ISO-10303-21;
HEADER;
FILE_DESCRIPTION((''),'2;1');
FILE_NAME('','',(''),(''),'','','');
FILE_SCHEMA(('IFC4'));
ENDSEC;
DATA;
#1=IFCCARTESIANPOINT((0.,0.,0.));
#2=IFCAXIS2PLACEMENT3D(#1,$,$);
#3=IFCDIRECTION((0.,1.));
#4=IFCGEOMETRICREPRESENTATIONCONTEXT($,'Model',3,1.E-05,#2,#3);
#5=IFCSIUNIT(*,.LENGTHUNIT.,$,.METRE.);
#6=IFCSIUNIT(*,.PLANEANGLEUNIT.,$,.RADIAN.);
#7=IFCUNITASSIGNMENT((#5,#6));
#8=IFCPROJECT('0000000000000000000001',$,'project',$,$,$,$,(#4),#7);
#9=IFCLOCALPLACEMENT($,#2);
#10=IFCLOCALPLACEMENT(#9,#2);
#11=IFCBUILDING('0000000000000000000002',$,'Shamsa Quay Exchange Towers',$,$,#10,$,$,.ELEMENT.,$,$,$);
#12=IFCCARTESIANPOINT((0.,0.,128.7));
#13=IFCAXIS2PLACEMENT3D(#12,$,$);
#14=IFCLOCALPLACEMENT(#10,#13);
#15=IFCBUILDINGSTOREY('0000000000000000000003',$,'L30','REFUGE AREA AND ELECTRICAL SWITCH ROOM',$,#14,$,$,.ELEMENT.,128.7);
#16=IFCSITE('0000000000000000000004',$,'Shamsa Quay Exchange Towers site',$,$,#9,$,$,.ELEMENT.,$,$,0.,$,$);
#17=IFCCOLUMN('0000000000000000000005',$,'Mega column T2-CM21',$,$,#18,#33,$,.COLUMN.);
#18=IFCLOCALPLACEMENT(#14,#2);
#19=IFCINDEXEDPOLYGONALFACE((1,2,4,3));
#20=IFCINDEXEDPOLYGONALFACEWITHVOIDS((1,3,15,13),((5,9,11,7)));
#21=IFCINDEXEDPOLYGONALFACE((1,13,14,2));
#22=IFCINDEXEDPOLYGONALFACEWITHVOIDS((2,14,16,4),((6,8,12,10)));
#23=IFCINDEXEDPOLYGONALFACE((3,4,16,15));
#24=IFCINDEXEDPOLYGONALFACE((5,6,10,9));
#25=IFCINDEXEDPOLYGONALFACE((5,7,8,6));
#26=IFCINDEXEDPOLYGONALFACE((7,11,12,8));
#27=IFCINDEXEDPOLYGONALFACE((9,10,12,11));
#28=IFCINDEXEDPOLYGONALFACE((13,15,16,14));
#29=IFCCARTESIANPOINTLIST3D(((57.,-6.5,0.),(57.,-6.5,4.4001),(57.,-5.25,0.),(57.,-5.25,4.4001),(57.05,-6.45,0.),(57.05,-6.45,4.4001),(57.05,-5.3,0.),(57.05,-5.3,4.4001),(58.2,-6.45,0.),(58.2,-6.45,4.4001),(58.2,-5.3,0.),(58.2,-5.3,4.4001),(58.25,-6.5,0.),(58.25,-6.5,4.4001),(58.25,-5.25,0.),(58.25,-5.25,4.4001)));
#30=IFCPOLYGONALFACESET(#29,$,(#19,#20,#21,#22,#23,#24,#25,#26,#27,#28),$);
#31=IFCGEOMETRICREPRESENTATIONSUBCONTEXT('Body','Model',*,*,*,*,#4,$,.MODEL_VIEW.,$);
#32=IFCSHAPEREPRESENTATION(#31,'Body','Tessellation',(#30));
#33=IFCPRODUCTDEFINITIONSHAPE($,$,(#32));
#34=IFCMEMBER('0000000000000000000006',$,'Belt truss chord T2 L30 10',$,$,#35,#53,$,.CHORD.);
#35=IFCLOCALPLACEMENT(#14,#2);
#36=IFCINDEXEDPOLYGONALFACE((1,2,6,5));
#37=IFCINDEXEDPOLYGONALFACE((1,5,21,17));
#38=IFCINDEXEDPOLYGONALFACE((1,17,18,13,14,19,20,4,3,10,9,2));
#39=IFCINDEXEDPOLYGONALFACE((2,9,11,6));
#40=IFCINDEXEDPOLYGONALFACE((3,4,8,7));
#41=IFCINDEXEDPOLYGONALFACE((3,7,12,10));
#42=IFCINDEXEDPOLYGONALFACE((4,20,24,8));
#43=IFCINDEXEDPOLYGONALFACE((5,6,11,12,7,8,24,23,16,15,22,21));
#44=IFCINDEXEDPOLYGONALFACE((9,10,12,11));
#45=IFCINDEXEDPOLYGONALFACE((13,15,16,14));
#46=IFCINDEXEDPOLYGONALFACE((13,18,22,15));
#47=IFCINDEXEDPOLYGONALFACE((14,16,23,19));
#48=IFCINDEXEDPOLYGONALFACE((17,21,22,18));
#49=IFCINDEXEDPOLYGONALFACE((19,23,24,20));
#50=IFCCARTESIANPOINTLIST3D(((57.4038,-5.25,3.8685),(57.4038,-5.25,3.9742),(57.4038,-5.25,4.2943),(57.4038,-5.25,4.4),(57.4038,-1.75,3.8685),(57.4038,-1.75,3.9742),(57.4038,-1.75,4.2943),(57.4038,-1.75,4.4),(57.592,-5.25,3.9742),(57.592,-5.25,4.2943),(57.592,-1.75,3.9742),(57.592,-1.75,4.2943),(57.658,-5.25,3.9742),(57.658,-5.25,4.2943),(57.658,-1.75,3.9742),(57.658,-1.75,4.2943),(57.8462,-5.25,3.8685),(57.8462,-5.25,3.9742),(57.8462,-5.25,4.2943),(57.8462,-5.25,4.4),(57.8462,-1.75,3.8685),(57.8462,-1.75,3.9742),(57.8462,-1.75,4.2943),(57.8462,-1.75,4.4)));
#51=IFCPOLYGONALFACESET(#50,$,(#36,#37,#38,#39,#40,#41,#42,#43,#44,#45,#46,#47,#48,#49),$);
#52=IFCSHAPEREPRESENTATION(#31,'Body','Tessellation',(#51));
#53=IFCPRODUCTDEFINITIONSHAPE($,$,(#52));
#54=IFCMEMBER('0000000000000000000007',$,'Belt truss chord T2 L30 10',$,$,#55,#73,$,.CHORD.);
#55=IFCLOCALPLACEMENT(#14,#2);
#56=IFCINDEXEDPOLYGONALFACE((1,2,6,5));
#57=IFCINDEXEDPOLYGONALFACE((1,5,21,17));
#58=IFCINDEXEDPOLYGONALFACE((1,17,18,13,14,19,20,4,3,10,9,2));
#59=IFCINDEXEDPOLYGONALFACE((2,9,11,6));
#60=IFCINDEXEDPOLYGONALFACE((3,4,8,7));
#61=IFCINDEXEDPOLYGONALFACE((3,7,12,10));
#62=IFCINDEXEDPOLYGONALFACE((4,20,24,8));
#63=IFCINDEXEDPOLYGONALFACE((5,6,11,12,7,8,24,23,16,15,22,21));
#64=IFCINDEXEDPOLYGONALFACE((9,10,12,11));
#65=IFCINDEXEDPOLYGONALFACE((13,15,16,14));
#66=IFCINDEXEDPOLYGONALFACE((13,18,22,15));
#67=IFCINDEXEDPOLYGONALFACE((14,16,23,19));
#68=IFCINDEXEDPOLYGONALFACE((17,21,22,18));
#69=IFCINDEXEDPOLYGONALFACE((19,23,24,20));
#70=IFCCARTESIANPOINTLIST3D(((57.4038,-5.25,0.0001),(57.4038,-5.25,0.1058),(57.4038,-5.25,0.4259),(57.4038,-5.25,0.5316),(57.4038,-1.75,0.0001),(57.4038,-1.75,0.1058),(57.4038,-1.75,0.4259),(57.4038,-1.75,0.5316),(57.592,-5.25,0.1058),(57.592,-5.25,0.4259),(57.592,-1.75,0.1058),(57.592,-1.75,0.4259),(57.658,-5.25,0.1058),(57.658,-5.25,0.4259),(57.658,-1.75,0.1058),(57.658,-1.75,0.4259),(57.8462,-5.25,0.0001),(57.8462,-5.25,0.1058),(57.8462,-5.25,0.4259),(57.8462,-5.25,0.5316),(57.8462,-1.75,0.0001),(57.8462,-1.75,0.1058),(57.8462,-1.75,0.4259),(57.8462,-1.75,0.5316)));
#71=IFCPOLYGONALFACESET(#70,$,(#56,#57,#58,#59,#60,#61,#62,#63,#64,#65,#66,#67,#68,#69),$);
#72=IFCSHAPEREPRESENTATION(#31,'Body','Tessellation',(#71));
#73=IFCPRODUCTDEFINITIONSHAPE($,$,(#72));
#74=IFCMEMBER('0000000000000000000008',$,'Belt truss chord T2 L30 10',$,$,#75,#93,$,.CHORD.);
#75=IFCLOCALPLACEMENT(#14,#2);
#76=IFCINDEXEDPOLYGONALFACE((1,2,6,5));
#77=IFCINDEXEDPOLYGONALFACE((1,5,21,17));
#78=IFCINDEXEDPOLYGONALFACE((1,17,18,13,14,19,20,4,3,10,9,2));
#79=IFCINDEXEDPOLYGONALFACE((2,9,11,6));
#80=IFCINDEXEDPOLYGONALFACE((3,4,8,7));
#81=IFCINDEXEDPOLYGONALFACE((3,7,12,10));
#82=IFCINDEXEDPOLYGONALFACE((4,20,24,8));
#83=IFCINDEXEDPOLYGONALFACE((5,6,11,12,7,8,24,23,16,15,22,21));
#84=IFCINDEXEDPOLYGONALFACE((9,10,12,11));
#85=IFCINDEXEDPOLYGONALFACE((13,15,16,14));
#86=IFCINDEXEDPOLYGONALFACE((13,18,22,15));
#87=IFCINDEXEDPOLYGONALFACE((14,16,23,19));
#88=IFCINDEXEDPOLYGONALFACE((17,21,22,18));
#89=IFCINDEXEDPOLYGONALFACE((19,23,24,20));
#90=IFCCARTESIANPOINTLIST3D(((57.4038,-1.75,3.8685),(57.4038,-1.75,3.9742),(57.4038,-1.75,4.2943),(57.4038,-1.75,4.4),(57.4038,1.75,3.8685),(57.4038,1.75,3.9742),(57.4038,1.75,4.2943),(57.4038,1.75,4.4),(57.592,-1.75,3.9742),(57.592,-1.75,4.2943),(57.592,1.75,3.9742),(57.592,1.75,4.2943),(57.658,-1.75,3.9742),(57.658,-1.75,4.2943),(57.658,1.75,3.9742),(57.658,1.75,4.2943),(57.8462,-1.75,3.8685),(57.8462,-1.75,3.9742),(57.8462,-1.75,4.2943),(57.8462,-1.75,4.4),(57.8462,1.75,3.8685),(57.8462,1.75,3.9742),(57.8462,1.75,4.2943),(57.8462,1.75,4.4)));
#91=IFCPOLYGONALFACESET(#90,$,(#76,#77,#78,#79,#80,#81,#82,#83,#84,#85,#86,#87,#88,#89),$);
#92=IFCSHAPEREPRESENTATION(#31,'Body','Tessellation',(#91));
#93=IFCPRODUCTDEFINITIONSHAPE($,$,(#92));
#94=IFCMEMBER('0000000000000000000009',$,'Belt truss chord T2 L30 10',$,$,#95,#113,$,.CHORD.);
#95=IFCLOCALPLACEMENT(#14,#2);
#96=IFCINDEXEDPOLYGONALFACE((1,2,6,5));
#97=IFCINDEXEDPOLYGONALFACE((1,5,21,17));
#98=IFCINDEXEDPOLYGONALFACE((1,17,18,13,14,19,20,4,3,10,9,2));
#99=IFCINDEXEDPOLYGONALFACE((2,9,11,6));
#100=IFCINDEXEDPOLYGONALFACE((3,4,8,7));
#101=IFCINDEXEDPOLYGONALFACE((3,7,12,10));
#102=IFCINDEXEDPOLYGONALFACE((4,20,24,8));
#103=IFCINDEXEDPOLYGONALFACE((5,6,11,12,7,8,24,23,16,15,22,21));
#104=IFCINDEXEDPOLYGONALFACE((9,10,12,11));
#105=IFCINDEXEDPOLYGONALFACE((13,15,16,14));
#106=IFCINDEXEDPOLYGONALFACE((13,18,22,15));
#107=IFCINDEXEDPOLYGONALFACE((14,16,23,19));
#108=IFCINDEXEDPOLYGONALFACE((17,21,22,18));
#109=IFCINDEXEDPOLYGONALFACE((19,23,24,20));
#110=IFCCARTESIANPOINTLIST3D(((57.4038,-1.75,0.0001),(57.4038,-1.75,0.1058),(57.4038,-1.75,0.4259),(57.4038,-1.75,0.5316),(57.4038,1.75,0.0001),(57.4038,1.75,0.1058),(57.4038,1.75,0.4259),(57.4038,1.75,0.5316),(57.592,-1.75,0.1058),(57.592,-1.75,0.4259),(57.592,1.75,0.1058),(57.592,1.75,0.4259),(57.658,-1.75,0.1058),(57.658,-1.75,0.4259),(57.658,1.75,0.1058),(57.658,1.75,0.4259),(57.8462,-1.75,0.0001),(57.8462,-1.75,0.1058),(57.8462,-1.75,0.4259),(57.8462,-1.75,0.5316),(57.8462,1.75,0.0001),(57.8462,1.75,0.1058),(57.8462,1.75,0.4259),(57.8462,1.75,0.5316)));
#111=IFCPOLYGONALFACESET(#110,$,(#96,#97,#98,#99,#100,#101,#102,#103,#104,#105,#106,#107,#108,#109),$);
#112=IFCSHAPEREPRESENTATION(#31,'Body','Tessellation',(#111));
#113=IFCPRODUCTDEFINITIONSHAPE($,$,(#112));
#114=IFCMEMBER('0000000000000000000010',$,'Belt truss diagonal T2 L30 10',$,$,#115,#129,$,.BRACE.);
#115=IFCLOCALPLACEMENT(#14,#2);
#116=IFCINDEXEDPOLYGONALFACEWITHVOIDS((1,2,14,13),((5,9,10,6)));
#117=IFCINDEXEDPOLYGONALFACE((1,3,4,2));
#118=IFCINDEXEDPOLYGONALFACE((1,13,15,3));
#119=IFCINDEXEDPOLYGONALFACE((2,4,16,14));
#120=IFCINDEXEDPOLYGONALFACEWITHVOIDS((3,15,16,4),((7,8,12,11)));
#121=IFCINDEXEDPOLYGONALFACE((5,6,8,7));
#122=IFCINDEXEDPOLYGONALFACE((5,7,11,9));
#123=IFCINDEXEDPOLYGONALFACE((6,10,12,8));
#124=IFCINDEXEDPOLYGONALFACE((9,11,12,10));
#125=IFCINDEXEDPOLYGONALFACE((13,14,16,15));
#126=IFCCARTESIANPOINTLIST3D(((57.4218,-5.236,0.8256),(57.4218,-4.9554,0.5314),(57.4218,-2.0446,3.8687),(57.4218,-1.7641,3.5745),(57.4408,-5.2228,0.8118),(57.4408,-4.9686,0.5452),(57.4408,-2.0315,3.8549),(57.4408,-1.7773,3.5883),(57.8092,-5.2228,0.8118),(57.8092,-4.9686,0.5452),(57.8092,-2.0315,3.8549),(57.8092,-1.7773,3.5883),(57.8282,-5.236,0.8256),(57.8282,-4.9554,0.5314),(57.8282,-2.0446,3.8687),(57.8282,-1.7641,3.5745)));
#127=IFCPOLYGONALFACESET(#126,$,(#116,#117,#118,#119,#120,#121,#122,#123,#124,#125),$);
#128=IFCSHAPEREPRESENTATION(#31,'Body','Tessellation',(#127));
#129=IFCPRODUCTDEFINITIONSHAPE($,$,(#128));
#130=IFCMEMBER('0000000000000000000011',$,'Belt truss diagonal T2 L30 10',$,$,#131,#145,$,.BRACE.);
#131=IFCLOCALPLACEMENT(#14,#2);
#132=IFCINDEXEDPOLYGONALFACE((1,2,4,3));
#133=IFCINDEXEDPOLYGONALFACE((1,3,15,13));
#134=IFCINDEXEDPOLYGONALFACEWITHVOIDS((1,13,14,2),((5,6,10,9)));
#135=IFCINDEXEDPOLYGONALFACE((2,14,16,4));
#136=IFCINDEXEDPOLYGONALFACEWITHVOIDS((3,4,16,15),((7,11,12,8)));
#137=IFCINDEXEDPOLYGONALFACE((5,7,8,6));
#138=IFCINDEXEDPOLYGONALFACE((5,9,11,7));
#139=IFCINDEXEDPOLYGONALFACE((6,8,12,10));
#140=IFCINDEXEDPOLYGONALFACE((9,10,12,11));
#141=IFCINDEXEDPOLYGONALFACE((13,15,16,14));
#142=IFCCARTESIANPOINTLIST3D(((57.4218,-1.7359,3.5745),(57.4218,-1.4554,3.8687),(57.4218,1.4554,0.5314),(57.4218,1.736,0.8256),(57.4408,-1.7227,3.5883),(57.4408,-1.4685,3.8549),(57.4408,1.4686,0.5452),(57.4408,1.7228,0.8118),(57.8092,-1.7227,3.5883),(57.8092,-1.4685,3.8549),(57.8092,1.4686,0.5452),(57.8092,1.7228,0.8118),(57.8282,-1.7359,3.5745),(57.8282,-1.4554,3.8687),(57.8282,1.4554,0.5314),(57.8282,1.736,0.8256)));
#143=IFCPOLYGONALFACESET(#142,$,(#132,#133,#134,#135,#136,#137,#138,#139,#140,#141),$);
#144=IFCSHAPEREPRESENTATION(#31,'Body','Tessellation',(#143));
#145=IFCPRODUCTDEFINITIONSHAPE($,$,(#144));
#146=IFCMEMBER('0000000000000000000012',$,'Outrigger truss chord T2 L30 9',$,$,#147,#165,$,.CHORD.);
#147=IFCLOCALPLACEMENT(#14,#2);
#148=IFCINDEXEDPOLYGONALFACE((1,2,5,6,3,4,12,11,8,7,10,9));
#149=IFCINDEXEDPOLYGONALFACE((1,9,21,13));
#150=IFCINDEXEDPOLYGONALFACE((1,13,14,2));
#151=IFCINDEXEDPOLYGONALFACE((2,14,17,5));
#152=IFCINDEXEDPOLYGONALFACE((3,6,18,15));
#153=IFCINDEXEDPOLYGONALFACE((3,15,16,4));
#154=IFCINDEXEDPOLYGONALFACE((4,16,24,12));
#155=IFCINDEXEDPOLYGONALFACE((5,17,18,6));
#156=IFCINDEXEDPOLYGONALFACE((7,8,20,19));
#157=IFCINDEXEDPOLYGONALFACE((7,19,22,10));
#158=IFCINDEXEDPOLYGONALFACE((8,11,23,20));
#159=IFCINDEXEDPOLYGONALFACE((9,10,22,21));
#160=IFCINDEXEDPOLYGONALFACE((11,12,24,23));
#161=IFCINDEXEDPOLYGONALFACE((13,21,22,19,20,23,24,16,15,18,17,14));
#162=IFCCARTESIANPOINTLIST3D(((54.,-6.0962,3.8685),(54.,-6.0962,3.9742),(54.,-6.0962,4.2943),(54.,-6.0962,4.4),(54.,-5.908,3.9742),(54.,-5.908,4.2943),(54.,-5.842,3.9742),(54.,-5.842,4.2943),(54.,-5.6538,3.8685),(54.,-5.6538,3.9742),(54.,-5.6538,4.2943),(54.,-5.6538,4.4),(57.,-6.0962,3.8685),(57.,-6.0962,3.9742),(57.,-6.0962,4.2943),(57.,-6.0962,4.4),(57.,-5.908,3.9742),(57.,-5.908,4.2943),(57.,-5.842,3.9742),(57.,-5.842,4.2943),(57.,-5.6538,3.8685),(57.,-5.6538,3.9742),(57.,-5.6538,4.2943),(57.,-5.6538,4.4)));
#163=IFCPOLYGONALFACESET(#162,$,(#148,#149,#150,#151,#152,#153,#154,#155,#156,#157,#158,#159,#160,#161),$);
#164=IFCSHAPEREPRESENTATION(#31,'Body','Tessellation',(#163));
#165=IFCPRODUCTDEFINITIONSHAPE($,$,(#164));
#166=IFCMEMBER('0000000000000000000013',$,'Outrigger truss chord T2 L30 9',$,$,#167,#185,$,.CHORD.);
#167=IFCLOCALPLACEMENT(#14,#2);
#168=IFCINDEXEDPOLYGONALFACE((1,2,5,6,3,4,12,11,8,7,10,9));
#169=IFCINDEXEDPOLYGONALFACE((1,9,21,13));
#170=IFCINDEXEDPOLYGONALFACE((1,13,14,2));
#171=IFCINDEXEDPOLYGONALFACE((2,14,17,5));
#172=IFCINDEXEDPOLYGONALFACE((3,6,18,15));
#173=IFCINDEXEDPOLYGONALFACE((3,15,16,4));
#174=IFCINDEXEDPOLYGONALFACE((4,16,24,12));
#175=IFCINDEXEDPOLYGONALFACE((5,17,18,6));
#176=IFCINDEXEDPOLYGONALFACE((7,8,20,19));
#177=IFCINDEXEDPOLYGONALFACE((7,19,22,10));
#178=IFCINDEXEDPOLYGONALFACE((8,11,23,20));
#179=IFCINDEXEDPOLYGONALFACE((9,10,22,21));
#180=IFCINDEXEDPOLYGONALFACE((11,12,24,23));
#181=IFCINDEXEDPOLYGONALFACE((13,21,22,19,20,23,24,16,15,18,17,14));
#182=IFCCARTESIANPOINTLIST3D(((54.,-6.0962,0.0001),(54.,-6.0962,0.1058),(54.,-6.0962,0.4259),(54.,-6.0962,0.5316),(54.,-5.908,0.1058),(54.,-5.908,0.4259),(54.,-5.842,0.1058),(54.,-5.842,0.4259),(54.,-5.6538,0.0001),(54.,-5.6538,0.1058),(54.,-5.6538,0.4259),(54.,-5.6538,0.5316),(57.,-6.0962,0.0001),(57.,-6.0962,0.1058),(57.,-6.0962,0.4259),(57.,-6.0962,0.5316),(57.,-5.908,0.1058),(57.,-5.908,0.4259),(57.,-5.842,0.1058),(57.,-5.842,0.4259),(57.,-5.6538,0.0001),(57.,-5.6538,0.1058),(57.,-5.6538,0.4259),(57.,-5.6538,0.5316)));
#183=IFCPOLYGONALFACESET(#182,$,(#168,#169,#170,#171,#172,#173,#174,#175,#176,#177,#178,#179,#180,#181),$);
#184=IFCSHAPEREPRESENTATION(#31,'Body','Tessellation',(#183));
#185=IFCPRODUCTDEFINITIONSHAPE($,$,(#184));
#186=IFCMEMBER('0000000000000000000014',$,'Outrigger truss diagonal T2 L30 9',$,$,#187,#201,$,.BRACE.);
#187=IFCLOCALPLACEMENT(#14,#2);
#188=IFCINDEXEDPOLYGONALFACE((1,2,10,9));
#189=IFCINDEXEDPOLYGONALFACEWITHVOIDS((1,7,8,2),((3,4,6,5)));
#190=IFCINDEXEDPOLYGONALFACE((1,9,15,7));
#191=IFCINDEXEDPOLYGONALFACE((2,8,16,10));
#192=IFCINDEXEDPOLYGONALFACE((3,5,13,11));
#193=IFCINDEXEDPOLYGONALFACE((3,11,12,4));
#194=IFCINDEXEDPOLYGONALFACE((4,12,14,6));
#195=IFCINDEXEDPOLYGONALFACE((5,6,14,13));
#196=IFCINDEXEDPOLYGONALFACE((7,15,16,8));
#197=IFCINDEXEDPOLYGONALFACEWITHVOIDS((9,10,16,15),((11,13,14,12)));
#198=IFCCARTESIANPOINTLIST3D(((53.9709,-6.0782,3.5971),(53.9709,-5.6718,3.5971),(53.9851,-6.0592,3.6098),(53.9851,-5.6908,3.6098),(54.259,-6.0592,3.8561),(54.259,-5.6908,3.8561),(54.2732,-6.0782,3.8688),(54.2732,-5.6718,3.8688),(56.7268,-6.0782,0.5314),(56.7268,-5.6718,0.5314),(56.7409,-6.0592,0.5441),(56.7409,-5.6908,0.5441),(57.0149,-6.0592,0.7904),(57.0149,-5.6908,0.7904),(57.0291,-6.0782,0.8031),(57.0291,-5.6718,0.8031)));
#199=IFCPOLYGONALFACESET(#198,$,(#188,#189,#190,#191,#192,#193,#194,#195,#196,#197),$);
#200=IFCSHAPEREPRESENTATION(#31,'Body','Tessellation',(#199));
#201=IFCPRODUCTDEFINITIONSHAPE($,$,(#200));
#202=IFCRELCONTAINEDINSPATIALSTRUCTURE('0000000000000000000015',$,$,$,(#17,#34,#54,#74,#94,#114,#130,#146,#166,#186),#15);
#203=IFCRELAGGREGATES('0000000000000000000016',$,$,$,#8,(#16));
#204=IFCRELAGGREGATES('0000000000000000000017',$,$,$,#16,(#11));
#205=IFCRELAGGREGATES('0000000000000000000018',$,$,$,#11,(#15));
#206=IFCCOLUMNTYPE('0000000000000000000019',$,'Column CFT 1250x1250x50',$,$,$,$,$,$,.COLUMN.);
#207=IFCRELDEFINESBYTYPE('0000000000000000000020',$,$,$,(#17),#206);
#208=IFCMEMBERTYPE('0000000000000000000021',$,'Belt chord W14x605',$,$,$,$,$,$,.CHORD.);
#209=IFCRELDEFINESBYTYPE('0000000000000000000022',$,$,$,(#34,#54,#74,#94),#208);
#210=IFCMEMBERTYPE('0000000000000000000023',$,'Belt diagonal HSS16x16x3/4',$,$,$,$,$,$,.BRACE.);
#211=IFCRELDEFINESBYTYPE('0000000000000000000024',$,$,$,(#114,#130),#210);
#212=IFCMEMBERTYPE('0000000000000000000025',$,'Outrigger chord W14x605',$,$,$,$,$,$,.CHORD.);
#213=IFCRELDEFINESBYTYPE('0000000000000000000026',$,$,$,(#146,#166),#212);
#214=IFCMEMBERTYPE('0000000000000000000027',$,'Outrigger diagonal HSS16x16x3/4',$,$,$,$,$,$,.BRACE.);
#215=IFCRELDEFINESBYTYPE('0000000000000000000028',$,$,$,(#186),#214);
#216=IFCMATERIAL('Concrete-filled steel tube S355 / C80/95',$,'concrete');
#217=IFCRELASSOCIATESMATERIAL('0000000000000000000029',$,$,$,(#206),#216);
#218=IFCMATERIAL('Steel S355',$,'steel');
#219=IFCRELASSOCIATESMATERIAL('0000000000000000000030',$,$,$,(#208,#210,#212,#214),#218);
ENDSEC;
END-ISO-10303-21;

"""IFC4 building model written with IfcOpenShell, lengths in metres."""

from ifc_helpers import new_model, si_unit, direction, frame, origin, origin_2d, place, context, subcontext, project, spatial, hollow_rectangle, i_section, extrude, material, material_profile, profile_set, type_object, element, save


model = new_model("IFC4")

# Units and contexts
model_context = context("Model", 3, precision=1e-05, world=origin(), true_north=direction((0.0, 1.0)))
body_context = subcontext(model_context, "Body", "Model", "MODEL_VIEW")
ifc_project = project(units=[si_unit("LENGTHUNIT", "METRE"), si_unit("PLANEANGLEUNIT", "RADIAN")], contexts=[model_context])

# Site, building, storey
site_placement = place(None, origin())
site = spatial("IfcSite", under=ifc_project, at=site_placement, Name="Shamsa Quay Exchange Towers site", CompositionType="ELEMENT", RefElevation=0.0)
building_placement = place(site_placement, origin())
building = spatial("IfcBuilding", under=site, at=building_placement, Name="Shamsa Quay Exchange Towers", CompositionType="ELEMENT")
storey_placement = place(building_placement, frame((0.0, 0.0, 128.7)))
storey = spatial("IfcBuildingStorey", under=building, at=storey_placement, Name="L30", Description="REFUGE AREA AND ELECTRICAL SWITCH ROOM", CompositionType="ELEMENT", Elevation=128.7)

# Column
ifc_material_1 = material(Name="Concrete-filled steel tube S355 / C80/95", Category="concrete")
ifc_material_profile_1 = material_profile(ifc_material_1, hollow_rectangle(XDim=1.25, YDim=1.25, WallThickness=0.05, at=origin_2d()), Name="CFT 1250x1250x50")
ifc_profile_set_1 = profile_set([ifc_material_profile_1], Name="Concrete-filled steel tube S355 / C80/95")
column_type = type_object("IfcColumnType", Name="Column CFT 1250x1250x50", PredefinedType="COLUMN", material=ifc_profile_set_1)
column_placement = place(storey_placement, frame((57.625, -5.875, 0.0)))
element("IfcColumn", 1, at=column_placement, inside=storey, type_object=column_type, Name="Mega column T2-CM21", PredefinedType="COLUMN", context=body_context, shape_type="SweptSolid", body=[
    extrude(hollow_rectangle(XDim=1.25, YDim=1.25, WallThickness=0.05, at=origin_2d()), origin(), (0.0, 0.0, 1.0), 4.4001),
])

# Members
ifc_material_2 = material(Name="Steel S355", Category="steel")
ifc_material_profile_2 = material_profile(ifc_material_2, i_section(OverallWidth=0.4424, OverallDepth=0.5315, WebThickness=0.0659, FlangeThickness=0.1057, at=origin_2d()), Name="W14x605")
ifc_profile_set_2 = profile_set([ifc_material_profile_2], Name="Steel S355")
member_type_1 = type_object("IfcMemberType", Name="Belt chord W14x605", PredefinedType="CHORD", material=ifc_profile_set_2)
for number, where, z_axis, x_axis, name in (
    (2, (57.625, -5.25, 4.1343), (0.0, 1.0, 0.0), (-1.0, 0.0, 0.0), "Belt truss chord T2 L30 10"),
    (3, (57.625, -5.25, 0.2659), (0.0, 1.0, 0.0), (-1.0, 0.0, 0.0), "Belt truss chord T2 L30 10"),
    (4, (57.625, -1.75, 4.1343), (0.0, 1.0, 0.0), (-1.0, 0.0, 0.0), "Belt truss chord T2 L30 10"),
    (5, (57.625, -1.75, 0.2659), (0.0, 1.0, 0.0), (-1.0, 0.0, 0.0), "Belt truss chord T2 L30 10"),
):
    element("IfcMember", number, at=place(storey_placement, frame(where, z_axis=z_axis, x_axis=x_axis)), inside=storey, type_object=member_type_1, Name=name, PredefinedType="CHORD", context=body_context, shape_type="SweptSolid", body=[
        extrude(i_section(OverallWidth=0.4424, OverallDepth=0.5315, WebThickness=0.0659, FlangeThickness=0.1057, at=origin_2d()), origin(), (0.0, 0.0, 1.0), 3.5),
    ])
ifc_material_profile_3 = material_profile(ifc_material_2, hollow_rectangle(XDim=0.4065, YDim=0.4065, WallThickness=0.019, at=origin_2d()), Name="HSS16x16x3/4")
ifc_profile_set_3 = profile_set([ifc_material_profile_3], Name="Steel S355")
member_type_2 = type_object("IfcMemberType", Name="Belt diagonal HSS16x16x3/4", PredefinedType="BRACE", material=ifc_profile_set_3)
for number, where, z_axis, x_axis, name in (
    (6, (57.625, -5.0957, 0.6785), (0.0, 0.72371, 0.690104), (-1.0, 0.0, 0.0), "Belt truss diagonal T2 L30 10"),
    (7, (57.625, 1.5957, 0.6785), (0.0, -0.72371, 0.690104), (1.0, 0.0, 0.0), "Belt truss diagonal T2 L30 10"),
):
    element("IfcMember", number, at=place(storey_placement, frame(where, z_axis=z_axis, x_axis=x_axis)), inside=storey, type_object=member_type_2, Name=name, PredefinedType="BRACE", context=body_context, shape_type="SweptSolid", body=[
        extrude(hollow_rectangle(XDim=0.4065, YDim=0.4065, WallThickness=0.019, at=origin_2d()), origin(), (0.0, 0.0, 1.0), 4.4097),
    ])
ifc_material_profile_4 = material_profile(ifc_material_2, i_section(OverallWidth=0.4424, OverallDepth=0.5315, WebThickness=0.0659, FlangeThickness=0.1057, at=origin_2d()), Name="W14x605")
ifc_profile_set_4 = profile_set([ifc_material_profile_4], Name="Steel S355")
member_type_3 = type_object("IfcMemberType", Name="Outrigger chord W14x605", PredefinedType="CHORD", material=ifc_profile_set_4)
for number, where, z_axis, x_axis, name in (
    (8, (57.0, -5.875, 4.1343), (-1.0, 0.0, 0.0), (0.0, -1.0, 0.0), "Outrigger truss chord T2 L30 9"),
    (9, (57.0, -5.875, 0.2659), (-1.0, 0.0, 0.0), (0.0, -1.0, 0.0), "Outrigger truss chord T2 L30 9"),
):
    element("IfcMember", number, at=place(storey_placement, frame(where, z_axis=z_axis, x_axis=x_axis)), inside=storey, type_object=member_type_3, Name=name, PredefinedType="CHORD", context=body_context, shape_type="SweptSolid", body=[
        extrude(i_section(OverallWidth=0.4424, OverallDepth=0.5315, WebThickness=0.0659, FlangeThickness=0.1057, at=origin_2d()), origin(), (0.0, 0.0, 1.0), 3.0),
    ])
ifc_material_profile_5 = material_profile(ifc_material_2, hollow_rectangle(XDim=0.4065, YDim=0.4065, WallThickness=0.019, at=origin_2d()), Name="HSS16x16x3/4")
ifc_profile_set_5 = profile_set([ifc_material_profile_5], Name="Steel S355")
member_type_4 = type_object("IfcMemberType", Name="Outrigger diagonal HSS16x16x3/4", PredefinedType="BRACE", material=ifc_profile_set_5)
member_placement = place(storey_placement, frame((56.8779, -5.875, 0.6672), z_axis=(-0.668529, 0.0, 0.743686), x_axis=(0.0, -1.0, 0.0)))
element("IfcMember", 10, at=member_placement, inside=storey, type_object=member_type_4, Name="Outrigger truss diagonal T2 L30 9", PredefinedType="BRACE", context=body_context, shape_type="SweptSolid", body=[
    extrude(hollow_rectangle(XDim=0.4065, YDim=0.4065, WallThickness=0.019, at=origin_2d()), origin(), (0.0, 0.0, 1.0), 4.1223),
])

save(model, "model.ifc")
